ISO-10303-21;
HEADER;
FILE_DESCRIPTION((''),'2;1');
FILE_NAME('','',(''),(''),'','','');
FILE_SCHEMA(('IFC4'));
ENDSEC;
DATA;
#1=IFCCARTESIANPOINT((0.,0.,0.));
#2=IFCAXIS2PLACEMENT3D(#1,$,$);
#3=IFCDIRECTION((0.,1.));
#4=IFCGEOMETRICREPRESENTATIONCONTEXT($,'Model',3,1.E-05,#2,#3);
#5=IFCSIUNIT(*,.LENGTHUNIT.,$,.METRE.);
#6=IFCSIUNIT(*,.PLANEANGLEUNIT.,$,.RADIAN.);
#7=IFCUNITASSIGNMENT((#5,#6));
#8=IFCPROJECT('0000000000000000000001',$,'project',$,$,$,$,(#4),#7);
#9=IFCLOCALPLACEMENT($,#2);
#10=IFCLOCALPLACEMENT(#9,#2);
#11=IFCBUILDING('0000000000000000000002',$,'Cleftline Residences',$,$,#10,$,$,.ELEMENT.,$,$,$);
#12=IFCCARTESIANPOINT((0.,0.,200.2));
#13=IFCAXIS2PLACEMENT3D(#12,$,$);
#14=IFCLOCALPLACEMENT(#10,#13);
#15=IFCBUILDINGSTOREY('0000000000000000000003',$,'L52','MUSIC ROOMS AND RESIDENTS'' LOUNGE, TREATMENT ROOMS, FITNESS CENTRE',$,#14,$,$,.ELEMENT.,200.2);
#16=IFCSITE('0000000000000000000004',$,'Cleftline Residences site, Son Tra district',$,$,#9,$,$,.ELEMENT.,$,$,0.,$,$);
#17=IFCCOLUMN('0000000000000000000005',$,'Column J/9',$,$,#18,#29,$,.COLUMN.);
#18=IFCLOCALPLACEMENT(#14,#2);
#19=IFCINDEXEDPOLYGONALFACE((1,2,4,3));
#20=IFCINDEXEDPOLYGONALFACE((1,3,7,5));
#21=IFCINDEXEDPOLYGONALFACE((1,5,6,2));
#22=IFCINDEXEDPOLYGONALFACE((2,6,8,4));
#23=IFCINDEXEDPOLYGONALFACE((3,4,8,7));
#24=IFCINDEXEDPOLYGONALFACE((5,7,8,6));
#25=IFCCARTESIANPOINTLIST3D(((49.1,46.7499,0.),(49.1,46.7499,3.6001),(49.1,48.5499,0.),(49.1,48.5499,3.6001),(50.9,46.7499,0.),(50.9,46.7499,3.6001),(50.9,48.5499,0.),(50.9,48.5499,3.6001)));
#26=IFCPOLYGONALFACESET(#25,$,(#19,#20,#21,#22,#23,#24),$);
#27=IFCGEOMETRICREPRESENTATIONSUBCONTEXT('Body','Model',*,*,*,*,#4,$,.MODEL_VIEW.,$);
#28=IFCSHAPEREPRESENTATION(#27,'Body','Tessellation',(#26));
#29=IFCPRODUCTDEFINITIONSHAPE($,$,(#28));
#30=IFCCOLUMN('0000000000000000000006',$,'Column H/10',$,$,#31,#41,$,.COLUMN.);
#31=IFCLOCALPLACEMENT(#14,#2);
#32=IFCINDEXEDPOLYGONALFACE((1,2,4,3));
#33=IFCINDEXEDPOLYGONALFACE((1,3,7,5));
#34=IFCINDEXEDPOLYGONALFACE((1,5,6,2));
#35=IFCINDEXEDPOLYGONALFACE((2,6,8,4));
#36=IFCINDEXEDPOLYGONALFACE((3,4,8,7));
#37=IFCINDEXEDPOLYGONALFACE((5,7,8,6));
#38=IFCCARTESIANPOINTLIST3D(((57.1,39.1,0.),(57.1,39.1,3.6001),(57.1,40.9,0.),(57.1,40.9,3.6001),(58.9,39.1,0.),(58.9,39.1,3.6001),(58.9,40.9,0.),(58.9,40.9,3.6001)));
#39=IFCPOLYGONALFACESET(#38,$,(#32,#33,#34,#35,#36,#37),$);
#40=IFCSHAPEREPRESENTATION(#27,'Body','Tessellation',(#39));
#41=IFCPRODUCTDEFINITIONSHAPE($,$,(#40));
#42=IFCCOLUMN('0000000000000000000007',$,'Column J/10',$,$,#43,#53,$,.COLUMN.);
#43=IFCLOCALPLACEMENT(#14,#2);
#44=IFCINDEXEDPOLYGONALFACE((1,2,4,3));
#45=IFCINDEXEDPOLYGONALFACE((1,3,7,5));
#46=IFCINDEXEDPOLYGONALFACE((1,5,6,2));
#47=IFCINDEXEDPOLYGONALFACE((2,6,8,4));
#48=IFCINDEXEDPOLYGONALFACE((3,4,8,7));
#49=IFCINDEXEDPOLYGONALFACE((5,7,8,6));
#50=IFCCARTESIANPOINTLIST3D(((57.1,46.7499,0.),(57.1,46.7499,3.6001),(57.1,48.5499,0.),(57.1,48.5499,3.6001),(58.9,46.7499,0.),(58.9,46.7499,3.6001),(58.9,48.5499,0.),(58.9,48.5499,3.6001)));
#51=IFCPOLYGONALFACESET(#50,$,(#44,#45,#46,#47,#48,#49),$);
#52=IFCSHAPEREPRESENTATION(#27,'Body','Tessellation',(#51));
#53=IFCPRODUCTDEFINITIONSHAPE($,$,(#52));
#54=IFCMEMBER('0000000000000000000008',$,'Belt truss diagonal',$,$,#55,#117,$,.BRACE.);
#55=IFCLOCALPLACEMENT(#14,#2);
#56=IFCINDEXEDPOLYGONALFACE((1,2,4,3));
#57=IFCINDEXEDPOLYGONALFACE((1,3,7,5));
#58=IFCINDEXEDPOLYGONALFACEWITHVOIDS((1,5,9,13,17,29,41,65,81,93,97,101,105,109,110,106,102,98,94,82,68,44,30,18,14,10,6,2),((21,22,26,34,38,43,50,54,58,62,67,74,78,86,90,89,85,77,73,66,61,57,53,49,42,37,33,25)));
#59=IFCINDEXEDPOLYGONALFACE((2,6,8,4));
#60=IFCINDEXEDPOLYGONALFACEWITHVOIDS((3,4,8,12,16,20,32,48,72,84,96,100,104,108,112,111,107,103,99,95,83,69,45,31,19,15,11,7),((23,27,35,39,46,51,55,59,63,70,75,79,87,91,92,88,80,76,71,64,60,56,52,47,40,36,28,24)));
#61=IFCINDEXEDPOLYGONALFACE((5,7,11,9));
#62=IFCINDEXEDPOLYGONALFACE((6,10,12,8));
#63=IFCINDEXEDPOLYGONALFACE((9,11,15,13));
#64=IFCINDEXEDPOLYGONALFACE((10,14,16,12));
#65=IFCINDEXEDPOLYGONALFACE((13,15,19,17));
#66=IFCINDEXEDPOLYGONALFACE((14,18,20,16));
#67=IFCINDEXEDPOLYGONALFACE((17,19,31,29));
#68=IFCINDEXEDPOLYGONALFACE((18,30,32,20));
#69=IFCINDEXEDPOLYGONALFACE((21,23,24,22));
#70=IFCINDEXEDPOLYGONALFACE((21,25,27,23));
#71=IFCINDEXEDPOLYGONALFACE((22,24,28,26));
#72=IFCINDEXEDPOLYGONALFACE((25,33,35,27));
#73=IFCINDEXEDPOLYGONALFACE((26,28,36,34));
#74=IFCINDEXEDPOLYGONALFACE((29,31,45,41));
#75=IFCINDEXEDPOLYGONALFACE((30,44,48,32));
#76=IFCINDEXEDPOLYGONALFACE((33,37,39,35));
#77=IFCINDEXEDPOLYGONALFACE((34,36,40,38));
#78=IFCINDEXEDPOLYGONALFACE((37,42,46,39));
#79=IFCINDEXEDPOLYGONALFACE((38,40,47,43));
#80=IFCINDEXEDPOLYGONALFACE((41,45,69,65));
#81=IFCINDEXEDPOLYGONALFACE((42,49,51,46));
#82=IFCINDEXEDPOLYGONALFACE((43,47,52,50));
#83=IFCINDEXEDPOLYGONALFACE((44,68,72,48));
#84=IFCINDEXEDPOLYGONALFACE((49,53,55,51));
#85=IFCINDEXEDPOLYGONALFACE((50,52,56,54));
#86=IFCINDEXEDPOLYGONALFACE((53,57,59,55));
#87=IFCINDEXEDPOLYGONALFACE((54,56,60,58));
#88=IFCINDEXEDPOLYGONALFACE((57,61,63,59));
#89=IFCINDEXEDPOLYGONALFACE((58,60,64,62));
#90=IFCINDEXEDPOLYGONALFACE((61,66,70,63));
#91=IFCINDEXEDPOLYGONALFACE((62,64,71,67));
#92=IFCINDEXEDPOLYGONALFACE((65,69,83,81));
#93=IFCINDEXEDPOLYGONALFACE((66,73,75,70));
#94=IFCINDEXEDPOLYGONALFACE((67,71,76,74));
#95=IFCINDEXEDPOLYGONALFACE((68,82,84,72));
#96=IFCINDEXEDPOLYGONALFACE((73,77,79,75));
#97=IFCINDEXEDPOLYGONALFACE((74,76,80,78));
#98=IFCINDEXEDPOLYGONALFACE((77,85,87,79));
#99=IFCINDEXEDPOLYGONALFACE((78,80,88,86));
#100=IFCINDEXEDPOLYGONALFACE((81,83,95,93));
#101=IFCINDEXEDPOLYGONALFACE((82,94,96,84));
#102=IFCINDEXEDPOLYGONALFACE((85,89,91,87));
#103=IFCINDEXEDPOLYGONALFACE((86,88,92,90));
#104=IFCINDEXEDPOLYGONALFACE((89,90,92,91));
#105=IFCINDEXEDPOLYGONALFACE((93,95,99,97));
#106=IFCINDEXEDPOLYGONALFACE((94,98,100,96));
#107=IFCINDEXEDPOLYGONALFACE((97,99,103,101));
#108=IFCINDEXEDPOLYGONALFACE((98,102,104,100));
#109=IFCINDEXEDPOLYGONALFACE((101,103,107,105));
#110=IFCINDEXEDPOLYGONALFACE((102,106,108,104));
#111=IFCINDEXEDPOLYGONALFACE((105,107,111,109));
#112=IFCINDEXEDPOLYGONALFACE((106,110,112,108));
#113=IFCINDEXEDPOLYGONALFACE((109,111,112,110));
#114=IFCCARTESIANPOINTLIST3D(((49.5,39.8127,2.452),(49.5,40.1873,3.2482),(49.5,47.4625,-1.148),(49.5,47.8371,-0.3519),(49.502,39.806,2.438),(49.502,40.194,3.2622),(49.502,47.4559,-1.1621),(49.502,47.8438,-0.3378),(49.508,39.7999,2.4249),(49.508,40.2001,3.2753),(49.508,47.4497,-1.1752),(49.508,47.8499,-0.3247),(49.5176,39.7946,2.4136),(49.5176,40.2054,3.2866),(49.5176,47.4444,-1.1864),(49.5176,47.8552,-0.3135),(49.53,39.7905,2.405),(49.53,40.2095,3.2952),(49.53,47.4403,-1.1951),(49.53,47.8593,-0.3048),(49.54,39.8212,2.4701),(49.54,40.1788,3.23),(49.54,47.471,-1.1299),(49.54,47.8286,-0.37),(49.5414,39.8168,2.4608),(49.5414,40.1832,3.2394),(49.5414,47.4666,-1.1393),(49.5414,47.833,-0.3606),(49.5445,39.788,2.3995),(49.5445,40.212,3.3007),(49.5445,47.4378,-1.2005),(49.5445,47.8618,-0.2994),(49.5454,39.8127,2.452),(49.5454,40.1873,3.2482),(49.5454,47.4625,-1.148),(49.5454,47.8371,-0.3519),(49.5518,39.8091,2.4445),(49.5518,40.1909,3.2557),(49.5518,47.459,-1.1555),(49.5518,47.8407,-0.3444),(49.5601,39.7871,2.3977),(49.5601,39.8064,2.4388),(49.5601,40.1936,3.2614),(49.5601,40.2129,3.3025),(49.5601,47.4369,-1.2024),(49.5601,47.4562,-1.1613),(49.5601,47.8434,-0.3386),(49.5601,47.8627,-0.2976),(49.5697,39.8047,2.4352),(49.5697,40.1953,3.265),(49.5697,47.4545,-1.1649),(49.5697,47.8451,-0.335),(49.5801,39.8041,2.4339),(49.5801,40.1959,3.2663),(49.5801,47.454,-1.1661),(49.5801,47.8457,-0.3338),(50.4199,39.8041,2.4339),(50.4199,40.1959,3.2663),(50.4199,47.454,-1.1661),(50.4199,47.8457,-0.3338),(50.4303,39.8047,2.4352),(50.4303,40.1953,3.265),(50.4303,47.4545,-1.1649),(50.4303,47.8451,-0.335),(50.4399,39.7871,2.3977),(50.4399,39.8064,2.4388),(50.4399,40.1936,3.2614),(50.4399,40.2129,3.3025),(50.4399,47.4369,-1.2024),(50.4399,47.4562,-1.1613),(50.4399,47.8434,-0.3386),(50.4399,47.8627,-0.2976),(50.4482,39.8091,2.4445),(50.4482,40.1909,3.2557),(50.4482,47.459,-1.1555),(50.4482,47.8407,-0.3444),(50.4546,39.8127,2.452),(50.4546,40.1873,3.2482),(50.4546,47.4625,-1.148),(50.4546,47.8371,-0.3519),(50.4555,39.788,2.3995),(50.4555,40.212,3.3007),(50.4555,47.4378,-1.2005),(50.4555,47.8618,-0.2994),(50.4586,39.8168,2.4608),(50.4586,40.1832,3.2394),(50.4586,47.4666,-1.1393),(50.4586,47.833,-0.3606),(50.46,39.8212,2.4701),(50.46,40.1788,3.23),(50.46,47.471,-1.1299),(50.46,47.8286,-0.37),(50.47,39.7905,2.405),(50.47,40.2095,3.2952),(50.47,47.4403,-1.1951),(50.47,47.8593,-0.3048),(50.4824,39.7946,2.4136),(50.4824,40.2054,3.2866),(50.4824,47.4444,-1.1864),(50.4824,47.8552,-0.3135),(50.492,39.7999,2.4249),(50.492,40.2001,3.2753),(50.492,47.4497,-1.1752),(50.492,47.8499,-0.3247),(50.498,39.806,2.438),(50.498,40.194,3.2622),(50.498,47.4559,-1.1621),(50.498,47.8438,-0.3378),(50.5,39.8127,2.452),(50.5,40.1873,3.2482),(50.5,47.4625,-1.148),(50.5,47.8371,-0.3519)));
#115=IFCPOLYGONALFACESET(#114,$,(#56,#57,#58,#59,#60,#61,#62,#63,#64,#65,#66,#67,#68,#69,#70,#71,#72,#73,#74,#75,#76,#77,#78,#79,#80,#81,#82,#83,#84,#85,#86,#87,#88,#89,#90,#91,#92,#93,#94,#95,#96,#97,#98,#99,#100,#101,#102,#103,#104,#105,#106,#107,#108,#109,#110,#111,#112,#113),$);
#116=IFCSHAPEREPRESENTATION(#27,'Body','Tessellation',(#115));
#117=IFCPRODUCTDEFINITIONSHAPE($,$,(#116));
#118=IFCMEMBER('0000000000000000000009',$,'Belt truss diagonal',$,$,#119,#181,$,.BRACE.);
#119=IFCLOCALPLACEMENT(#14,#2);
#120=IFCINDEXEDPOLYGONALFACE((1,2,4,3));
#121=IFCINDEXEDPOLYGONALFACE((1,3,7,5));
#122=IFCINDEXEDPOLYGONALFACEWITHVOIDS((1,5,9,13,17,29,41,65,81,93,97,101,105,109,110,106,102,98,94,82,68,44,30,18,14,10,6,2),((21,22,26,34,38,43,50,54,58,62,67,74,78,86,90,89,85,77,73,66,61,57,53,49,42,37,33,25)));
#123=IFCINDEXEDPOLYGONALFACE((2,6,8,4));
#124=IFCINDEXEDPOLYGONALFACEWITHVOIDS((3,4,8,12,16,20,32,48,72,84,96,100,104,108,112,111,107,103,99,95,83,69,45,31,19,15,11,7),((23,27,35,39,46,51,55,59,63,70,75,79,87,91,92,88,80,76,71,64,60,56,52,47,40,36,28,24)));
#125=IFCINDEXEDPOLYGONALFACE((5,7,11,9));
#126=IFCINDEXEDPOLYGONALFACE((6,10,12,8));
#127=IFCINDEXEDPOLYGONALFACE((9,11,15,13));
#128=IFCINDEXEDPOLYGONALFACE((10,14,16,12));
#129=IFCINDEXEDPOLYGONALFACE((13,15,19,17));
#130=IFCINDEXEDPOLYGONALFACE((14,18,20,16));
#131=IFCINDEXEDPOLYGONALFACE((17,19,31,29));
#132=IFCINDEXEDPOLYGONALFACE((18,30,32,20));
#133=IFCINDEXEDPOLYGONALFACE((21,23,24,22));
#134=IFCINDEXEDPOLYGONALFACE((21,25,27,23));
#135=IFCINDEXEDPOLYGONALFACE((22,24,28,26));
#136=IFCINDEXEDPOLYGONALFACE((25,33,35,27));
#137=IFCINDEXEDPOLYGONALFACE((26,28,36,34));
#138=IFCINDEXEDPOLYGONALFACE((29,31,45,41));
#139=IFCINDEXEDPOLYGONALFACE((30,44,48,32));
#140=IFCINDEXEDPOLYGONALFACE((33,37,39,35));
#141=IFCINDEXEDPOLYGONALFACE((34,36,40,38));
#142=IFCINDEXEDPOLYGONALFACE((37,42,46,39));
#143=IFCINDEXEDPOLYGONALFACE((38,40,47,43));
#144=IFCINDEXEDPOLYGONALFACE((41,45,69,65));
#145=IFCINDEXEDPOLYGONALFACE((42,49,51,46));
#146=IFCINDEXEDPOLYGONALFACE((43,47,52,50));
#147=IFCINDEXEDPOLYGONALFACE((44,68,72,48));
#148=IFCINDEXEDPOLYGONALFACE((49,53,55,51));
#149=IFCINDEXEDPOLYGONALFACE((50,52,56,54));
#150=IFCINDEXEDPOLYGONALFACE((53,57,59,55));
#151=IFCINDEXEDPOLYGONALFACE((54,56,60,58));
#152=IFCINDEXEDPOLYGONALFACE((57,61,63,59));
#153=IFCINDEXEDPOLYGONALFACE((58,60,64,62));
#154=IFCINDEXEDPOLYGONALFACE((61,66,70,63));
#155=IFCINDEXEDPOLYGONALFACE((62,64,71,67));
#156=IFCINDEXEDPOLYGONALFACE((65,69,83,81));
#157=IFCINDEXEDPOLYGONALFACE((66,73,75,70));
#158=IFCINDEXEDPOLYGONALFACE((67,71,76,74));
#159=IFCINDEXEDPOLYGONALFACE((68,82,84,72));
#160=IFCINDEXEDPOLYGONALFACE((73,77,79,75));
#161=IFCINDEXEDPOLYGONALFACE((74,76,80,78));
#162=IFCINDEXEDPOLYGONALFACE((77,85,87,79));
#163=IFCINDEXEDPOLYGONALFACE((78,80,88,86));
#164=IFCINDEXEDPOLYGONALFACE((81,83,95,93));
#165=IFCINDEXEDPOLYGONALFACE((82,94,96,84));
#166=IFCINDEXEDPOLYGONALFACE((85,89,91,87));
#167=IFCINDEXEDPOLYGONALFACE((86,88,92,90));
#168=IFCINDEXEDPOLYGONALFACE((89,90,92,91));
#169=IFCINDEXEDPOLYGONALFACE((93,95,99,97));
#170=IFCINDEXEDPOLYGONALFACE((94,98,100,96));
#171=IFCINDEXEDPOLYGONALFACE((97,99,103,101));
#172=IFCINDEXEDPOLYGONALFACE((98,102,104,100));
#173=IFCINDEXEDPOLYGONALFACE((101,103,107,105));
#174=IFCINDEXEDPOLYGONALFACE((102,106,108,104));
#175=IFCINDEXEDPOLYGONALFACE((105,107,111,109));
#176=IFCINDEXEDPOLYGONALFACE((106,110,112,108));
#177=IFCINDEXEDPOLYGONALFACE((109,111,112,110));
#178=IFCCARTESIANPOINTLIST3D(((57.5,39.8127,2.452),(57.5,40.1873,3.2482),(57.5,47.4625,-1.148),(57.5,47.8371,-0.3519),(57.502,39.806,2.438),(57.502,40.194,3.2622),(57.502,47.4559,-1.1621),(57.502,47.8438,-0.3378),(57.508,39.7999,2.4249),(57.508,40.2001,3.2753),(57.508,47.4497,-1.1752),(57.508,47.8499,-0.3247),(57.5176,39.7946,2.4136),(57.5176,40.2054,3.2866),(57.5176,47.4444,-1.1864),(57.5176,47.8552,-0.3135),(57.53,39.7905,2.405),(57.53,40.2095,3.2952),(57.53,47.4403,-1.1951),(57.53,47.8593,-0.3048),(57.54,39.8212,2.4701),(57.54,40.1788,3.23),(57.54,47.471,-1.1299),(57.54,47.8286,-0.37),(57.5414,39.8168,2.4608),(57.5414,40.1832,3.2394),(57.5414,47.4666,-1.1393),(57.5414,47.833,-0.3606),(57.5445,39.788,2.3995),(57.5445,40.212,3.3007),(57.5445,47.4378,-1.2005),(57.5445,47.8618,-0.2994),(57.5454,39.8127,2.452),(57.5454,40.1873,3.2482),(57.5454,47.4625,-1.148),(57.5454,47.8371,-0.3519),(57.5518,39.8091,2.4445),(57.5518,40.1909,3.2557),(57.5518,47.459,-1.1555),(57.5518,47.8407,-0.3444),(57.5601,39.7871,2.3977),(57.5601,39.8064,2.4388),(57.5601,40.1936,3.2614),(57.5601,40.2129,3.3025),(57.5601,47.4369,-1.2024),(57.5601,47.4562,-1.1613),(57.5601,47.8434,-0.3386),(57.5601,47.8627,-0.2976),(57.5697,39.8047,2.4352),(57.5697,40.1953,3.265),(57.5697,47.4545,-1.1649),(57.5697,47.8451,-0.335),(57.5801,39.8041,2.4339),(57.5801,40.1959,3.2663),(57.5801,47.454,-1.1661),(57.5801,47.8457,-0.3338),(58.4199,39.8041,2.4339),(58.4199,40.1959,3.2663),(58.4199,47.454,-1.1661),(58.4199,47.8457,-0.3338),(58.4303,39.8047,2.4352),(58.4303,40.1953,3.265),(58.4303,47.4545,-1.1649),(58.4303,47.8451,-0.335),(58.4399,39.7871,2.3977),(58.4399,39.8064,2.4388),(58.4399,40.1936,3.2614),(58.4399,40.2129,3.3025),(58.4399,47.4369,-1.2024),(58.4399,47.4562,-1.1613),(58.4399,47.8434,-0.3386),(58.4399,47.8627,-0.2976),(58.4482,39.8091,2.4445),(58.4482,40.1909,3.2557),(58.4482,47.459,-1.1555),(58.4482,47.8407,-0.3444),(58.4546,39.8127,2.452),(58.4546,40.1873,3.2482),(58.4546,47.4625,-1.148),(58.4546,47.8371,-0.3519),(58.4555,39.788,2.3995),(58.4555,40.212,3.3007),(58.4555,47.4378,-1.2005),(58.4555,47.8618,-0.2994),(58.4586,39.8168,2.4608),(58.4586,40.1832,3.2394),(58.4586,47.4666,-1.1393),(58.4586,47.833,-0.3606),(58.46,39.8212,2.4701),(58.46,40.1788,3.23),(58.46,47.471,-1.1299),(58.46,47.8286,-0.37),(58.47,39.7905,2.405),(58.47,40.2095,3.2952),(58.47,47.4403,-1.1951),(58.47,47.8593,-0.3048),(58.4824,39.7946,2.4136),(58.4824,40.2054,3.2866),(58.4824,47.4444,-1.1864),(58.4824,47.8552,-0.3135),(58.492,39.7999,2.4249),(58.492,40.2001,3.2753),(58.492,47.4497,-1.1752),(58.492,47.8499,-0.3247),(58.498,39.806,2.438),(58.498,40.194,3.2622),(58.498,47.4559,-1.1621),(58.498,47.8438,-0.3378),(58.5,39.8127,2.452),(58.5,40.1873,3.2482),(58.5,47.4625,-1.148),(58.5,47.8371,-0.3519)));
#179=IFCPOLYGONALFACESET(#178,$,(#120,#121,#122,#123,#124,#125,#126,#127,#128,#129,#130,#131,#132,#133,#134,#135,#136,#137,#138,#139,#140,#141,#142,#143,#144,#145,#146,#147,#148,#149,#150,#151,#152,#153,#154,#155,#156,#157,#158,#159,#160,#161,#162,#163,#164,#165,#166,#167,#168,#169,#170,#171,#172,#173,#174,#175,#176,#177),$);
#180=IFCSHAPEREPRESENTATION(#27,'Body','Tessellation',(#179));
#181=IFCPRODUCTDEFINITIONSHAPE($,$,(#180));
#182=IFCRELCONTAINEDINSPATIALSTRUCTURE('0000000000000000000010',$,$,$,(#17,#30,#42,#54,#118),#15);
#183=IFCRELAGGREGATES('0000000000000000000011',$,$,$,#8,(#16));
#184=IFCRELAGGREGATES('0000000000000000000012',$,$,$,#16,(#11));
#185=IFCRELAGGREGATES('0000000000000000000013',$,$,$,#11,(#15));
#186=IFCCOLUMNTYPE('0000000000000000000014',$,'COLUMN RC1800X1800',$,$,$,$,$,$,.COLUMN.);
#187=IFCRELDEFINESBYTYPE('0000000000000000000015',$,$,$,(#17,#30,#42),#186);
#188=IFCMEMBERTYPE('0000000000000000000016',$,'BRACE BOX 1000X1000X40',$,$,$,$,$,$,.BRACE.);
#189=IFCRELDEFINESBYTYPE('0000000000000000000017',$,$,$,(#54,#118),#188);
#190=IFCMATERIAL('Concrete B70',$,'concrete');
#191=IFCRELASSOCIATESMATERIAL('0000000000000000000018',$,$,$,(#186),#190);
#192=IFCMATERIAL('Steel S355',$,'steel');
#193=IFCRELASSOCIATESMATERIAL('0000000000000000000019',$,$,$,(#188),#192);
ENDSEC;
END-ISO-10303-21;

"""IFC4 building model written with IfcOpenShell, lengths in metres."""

from ifc_helpers import new_model, si_unit, direction, frame, origin, origin_2d, place, context, subcontext, project, spatial, rectangle, hollow_rectangle, extrude, material, material_profile, profile_set, type_object, element, save


model = new_model("IFC4")

# Units and contexts
model_context = context("Model", 3, precision=1e-05, world=origin(), true_north=direction((0.0, 1.0)))
body_context = subcontext(model_context, "Body", "Model", "MODEL_VIEW")
ifc_project = project(units=[si_unit("LENGTHUNIT", "METRE"), si_unit("PLANEANGLEUNIT", "RADIAN")], contexts=[model_context])

# Site, building, storey
site_placement = place(None, origin())
site = spatial("IfcSite", under=ifc_project, at=site_placement, Name="Cleftline Residences site, Son Tra district", CompositionType="ELEMENT", RefElevation=0.0)
building_placement = place(site_placement, origin())
building = spatial("IfcBuilding", under=site, at=building_placement, Name="Cleftline Residences", CompositionType="ELEMENT")
storey_placement = place(building_placement, frame((0.0, 0.0, 200.2)))
storey = spatial("IfcBuildingStorey", under=building, at=storey_placement, Name="L52", Description="MUSIC ROOMS AND RESIDENTS' LOUNGE, TREATMENT ROOMS, FITNESS CENTRE", CompositionType="ELEMENT", Elevation=200.2)

# Columns
ifc_material_1 = material(Name="Concrete B70", Category="concrete")
ifc_material_profile_1 = material_profile(ifc_material_1, rectangle(XDim=1.8, YDim=1.8, at=origin_2d()))
ifc_profile_set_1 = profile_set([ifc_material_profile_1], Name="Concrete B70")
column_type = type_object("IfcColumnType", Name="COLUMN RC1800X1800", PredefinedType="COLUMN", material=ifc_profile_set_1)
for number, where, z_axis, x_axis, name in (
    (1, (50.0, 47.6499, 0.0), (0.0, 0.0, 1.0), (1.0, 0.0, 0.0), "Column J/9"),
    (2, (58.0, 40.0, 0.0), (0.0, 0.0, 1.0), (1.0, 0.0, 0.0), "Column H/10"),
    (3, (58.0, 47.6499, 0.0), (0.0, 0.0, 1.0), (1.0, 0.0, 0.0), "Column J/10"),
):
    element("IfcColumn", number, at=place(storey_placement, frame(where, z_axis=z_axis, x_axis=x_axis)), inside=storey, type_object=column_type, Name=name, PredefinedType="COLUMN", context=body_context, shape_type="SweptSolid", body=[
        extrude(rectangle(XDim=1.8, YDim=1.8, at=origin_2d()), origin(), (0.0, 0.0, 1.0), 3.6001),
    ])

# Members
ifc_material_2 = material(Name="Steel S355", Category="steel")
ifc_material_profile_2 = material_profile(ifc_material_2, hollow_rectangle(XDim=1.0, YDim=1.0, WallThickness=0.04, InnerFilletRadius=0.04, OuterFilletRadius=0.0601, at=origin_2d()))
ifc_profile_set_2 = profile_set([ifc_material_profile_2], Name="Steel S355")
member_type_1 = type_object("IfcMemberType", Name="BRACE BOX 1000X1000X40", PredefinedType="BRACE", material=ifc_profile_set_2)
for number, where, z_axis, x_axis, name in (
    (4, (50.0, 40.0, 2.8501), (0.0, 0.904812, -0.425811), (0.0, 0.425811, 0.904812), "Belt truss diagonal"),
    (5, (58.0, 40.0, 2.8501), (0.0, 0.904812, -0.425811), (0.0, 0.425811, 0.904812), "Belt truss diagonal"),
):
    element("IfcMember", number, at=place(storey_placement, frame(where, z_axis=z_axis, x_axis=x_axis)), inside=storey, type_object=member_type_1, Name=name, PredefinedType="BRACE", context=body_context, shape_type="SweptSolid", body=[
        extrude(hollow_rectangle(XDim=1.0, YDim=1.0, WallThickness=0.04, InnerFilletRadius=0.04, OuterFilletRadius=0.0601, at=origin_2d()), origin(), (0.0, 0.0, 1.0), 8.4546),
    ])

save(model, "model.ifc")
